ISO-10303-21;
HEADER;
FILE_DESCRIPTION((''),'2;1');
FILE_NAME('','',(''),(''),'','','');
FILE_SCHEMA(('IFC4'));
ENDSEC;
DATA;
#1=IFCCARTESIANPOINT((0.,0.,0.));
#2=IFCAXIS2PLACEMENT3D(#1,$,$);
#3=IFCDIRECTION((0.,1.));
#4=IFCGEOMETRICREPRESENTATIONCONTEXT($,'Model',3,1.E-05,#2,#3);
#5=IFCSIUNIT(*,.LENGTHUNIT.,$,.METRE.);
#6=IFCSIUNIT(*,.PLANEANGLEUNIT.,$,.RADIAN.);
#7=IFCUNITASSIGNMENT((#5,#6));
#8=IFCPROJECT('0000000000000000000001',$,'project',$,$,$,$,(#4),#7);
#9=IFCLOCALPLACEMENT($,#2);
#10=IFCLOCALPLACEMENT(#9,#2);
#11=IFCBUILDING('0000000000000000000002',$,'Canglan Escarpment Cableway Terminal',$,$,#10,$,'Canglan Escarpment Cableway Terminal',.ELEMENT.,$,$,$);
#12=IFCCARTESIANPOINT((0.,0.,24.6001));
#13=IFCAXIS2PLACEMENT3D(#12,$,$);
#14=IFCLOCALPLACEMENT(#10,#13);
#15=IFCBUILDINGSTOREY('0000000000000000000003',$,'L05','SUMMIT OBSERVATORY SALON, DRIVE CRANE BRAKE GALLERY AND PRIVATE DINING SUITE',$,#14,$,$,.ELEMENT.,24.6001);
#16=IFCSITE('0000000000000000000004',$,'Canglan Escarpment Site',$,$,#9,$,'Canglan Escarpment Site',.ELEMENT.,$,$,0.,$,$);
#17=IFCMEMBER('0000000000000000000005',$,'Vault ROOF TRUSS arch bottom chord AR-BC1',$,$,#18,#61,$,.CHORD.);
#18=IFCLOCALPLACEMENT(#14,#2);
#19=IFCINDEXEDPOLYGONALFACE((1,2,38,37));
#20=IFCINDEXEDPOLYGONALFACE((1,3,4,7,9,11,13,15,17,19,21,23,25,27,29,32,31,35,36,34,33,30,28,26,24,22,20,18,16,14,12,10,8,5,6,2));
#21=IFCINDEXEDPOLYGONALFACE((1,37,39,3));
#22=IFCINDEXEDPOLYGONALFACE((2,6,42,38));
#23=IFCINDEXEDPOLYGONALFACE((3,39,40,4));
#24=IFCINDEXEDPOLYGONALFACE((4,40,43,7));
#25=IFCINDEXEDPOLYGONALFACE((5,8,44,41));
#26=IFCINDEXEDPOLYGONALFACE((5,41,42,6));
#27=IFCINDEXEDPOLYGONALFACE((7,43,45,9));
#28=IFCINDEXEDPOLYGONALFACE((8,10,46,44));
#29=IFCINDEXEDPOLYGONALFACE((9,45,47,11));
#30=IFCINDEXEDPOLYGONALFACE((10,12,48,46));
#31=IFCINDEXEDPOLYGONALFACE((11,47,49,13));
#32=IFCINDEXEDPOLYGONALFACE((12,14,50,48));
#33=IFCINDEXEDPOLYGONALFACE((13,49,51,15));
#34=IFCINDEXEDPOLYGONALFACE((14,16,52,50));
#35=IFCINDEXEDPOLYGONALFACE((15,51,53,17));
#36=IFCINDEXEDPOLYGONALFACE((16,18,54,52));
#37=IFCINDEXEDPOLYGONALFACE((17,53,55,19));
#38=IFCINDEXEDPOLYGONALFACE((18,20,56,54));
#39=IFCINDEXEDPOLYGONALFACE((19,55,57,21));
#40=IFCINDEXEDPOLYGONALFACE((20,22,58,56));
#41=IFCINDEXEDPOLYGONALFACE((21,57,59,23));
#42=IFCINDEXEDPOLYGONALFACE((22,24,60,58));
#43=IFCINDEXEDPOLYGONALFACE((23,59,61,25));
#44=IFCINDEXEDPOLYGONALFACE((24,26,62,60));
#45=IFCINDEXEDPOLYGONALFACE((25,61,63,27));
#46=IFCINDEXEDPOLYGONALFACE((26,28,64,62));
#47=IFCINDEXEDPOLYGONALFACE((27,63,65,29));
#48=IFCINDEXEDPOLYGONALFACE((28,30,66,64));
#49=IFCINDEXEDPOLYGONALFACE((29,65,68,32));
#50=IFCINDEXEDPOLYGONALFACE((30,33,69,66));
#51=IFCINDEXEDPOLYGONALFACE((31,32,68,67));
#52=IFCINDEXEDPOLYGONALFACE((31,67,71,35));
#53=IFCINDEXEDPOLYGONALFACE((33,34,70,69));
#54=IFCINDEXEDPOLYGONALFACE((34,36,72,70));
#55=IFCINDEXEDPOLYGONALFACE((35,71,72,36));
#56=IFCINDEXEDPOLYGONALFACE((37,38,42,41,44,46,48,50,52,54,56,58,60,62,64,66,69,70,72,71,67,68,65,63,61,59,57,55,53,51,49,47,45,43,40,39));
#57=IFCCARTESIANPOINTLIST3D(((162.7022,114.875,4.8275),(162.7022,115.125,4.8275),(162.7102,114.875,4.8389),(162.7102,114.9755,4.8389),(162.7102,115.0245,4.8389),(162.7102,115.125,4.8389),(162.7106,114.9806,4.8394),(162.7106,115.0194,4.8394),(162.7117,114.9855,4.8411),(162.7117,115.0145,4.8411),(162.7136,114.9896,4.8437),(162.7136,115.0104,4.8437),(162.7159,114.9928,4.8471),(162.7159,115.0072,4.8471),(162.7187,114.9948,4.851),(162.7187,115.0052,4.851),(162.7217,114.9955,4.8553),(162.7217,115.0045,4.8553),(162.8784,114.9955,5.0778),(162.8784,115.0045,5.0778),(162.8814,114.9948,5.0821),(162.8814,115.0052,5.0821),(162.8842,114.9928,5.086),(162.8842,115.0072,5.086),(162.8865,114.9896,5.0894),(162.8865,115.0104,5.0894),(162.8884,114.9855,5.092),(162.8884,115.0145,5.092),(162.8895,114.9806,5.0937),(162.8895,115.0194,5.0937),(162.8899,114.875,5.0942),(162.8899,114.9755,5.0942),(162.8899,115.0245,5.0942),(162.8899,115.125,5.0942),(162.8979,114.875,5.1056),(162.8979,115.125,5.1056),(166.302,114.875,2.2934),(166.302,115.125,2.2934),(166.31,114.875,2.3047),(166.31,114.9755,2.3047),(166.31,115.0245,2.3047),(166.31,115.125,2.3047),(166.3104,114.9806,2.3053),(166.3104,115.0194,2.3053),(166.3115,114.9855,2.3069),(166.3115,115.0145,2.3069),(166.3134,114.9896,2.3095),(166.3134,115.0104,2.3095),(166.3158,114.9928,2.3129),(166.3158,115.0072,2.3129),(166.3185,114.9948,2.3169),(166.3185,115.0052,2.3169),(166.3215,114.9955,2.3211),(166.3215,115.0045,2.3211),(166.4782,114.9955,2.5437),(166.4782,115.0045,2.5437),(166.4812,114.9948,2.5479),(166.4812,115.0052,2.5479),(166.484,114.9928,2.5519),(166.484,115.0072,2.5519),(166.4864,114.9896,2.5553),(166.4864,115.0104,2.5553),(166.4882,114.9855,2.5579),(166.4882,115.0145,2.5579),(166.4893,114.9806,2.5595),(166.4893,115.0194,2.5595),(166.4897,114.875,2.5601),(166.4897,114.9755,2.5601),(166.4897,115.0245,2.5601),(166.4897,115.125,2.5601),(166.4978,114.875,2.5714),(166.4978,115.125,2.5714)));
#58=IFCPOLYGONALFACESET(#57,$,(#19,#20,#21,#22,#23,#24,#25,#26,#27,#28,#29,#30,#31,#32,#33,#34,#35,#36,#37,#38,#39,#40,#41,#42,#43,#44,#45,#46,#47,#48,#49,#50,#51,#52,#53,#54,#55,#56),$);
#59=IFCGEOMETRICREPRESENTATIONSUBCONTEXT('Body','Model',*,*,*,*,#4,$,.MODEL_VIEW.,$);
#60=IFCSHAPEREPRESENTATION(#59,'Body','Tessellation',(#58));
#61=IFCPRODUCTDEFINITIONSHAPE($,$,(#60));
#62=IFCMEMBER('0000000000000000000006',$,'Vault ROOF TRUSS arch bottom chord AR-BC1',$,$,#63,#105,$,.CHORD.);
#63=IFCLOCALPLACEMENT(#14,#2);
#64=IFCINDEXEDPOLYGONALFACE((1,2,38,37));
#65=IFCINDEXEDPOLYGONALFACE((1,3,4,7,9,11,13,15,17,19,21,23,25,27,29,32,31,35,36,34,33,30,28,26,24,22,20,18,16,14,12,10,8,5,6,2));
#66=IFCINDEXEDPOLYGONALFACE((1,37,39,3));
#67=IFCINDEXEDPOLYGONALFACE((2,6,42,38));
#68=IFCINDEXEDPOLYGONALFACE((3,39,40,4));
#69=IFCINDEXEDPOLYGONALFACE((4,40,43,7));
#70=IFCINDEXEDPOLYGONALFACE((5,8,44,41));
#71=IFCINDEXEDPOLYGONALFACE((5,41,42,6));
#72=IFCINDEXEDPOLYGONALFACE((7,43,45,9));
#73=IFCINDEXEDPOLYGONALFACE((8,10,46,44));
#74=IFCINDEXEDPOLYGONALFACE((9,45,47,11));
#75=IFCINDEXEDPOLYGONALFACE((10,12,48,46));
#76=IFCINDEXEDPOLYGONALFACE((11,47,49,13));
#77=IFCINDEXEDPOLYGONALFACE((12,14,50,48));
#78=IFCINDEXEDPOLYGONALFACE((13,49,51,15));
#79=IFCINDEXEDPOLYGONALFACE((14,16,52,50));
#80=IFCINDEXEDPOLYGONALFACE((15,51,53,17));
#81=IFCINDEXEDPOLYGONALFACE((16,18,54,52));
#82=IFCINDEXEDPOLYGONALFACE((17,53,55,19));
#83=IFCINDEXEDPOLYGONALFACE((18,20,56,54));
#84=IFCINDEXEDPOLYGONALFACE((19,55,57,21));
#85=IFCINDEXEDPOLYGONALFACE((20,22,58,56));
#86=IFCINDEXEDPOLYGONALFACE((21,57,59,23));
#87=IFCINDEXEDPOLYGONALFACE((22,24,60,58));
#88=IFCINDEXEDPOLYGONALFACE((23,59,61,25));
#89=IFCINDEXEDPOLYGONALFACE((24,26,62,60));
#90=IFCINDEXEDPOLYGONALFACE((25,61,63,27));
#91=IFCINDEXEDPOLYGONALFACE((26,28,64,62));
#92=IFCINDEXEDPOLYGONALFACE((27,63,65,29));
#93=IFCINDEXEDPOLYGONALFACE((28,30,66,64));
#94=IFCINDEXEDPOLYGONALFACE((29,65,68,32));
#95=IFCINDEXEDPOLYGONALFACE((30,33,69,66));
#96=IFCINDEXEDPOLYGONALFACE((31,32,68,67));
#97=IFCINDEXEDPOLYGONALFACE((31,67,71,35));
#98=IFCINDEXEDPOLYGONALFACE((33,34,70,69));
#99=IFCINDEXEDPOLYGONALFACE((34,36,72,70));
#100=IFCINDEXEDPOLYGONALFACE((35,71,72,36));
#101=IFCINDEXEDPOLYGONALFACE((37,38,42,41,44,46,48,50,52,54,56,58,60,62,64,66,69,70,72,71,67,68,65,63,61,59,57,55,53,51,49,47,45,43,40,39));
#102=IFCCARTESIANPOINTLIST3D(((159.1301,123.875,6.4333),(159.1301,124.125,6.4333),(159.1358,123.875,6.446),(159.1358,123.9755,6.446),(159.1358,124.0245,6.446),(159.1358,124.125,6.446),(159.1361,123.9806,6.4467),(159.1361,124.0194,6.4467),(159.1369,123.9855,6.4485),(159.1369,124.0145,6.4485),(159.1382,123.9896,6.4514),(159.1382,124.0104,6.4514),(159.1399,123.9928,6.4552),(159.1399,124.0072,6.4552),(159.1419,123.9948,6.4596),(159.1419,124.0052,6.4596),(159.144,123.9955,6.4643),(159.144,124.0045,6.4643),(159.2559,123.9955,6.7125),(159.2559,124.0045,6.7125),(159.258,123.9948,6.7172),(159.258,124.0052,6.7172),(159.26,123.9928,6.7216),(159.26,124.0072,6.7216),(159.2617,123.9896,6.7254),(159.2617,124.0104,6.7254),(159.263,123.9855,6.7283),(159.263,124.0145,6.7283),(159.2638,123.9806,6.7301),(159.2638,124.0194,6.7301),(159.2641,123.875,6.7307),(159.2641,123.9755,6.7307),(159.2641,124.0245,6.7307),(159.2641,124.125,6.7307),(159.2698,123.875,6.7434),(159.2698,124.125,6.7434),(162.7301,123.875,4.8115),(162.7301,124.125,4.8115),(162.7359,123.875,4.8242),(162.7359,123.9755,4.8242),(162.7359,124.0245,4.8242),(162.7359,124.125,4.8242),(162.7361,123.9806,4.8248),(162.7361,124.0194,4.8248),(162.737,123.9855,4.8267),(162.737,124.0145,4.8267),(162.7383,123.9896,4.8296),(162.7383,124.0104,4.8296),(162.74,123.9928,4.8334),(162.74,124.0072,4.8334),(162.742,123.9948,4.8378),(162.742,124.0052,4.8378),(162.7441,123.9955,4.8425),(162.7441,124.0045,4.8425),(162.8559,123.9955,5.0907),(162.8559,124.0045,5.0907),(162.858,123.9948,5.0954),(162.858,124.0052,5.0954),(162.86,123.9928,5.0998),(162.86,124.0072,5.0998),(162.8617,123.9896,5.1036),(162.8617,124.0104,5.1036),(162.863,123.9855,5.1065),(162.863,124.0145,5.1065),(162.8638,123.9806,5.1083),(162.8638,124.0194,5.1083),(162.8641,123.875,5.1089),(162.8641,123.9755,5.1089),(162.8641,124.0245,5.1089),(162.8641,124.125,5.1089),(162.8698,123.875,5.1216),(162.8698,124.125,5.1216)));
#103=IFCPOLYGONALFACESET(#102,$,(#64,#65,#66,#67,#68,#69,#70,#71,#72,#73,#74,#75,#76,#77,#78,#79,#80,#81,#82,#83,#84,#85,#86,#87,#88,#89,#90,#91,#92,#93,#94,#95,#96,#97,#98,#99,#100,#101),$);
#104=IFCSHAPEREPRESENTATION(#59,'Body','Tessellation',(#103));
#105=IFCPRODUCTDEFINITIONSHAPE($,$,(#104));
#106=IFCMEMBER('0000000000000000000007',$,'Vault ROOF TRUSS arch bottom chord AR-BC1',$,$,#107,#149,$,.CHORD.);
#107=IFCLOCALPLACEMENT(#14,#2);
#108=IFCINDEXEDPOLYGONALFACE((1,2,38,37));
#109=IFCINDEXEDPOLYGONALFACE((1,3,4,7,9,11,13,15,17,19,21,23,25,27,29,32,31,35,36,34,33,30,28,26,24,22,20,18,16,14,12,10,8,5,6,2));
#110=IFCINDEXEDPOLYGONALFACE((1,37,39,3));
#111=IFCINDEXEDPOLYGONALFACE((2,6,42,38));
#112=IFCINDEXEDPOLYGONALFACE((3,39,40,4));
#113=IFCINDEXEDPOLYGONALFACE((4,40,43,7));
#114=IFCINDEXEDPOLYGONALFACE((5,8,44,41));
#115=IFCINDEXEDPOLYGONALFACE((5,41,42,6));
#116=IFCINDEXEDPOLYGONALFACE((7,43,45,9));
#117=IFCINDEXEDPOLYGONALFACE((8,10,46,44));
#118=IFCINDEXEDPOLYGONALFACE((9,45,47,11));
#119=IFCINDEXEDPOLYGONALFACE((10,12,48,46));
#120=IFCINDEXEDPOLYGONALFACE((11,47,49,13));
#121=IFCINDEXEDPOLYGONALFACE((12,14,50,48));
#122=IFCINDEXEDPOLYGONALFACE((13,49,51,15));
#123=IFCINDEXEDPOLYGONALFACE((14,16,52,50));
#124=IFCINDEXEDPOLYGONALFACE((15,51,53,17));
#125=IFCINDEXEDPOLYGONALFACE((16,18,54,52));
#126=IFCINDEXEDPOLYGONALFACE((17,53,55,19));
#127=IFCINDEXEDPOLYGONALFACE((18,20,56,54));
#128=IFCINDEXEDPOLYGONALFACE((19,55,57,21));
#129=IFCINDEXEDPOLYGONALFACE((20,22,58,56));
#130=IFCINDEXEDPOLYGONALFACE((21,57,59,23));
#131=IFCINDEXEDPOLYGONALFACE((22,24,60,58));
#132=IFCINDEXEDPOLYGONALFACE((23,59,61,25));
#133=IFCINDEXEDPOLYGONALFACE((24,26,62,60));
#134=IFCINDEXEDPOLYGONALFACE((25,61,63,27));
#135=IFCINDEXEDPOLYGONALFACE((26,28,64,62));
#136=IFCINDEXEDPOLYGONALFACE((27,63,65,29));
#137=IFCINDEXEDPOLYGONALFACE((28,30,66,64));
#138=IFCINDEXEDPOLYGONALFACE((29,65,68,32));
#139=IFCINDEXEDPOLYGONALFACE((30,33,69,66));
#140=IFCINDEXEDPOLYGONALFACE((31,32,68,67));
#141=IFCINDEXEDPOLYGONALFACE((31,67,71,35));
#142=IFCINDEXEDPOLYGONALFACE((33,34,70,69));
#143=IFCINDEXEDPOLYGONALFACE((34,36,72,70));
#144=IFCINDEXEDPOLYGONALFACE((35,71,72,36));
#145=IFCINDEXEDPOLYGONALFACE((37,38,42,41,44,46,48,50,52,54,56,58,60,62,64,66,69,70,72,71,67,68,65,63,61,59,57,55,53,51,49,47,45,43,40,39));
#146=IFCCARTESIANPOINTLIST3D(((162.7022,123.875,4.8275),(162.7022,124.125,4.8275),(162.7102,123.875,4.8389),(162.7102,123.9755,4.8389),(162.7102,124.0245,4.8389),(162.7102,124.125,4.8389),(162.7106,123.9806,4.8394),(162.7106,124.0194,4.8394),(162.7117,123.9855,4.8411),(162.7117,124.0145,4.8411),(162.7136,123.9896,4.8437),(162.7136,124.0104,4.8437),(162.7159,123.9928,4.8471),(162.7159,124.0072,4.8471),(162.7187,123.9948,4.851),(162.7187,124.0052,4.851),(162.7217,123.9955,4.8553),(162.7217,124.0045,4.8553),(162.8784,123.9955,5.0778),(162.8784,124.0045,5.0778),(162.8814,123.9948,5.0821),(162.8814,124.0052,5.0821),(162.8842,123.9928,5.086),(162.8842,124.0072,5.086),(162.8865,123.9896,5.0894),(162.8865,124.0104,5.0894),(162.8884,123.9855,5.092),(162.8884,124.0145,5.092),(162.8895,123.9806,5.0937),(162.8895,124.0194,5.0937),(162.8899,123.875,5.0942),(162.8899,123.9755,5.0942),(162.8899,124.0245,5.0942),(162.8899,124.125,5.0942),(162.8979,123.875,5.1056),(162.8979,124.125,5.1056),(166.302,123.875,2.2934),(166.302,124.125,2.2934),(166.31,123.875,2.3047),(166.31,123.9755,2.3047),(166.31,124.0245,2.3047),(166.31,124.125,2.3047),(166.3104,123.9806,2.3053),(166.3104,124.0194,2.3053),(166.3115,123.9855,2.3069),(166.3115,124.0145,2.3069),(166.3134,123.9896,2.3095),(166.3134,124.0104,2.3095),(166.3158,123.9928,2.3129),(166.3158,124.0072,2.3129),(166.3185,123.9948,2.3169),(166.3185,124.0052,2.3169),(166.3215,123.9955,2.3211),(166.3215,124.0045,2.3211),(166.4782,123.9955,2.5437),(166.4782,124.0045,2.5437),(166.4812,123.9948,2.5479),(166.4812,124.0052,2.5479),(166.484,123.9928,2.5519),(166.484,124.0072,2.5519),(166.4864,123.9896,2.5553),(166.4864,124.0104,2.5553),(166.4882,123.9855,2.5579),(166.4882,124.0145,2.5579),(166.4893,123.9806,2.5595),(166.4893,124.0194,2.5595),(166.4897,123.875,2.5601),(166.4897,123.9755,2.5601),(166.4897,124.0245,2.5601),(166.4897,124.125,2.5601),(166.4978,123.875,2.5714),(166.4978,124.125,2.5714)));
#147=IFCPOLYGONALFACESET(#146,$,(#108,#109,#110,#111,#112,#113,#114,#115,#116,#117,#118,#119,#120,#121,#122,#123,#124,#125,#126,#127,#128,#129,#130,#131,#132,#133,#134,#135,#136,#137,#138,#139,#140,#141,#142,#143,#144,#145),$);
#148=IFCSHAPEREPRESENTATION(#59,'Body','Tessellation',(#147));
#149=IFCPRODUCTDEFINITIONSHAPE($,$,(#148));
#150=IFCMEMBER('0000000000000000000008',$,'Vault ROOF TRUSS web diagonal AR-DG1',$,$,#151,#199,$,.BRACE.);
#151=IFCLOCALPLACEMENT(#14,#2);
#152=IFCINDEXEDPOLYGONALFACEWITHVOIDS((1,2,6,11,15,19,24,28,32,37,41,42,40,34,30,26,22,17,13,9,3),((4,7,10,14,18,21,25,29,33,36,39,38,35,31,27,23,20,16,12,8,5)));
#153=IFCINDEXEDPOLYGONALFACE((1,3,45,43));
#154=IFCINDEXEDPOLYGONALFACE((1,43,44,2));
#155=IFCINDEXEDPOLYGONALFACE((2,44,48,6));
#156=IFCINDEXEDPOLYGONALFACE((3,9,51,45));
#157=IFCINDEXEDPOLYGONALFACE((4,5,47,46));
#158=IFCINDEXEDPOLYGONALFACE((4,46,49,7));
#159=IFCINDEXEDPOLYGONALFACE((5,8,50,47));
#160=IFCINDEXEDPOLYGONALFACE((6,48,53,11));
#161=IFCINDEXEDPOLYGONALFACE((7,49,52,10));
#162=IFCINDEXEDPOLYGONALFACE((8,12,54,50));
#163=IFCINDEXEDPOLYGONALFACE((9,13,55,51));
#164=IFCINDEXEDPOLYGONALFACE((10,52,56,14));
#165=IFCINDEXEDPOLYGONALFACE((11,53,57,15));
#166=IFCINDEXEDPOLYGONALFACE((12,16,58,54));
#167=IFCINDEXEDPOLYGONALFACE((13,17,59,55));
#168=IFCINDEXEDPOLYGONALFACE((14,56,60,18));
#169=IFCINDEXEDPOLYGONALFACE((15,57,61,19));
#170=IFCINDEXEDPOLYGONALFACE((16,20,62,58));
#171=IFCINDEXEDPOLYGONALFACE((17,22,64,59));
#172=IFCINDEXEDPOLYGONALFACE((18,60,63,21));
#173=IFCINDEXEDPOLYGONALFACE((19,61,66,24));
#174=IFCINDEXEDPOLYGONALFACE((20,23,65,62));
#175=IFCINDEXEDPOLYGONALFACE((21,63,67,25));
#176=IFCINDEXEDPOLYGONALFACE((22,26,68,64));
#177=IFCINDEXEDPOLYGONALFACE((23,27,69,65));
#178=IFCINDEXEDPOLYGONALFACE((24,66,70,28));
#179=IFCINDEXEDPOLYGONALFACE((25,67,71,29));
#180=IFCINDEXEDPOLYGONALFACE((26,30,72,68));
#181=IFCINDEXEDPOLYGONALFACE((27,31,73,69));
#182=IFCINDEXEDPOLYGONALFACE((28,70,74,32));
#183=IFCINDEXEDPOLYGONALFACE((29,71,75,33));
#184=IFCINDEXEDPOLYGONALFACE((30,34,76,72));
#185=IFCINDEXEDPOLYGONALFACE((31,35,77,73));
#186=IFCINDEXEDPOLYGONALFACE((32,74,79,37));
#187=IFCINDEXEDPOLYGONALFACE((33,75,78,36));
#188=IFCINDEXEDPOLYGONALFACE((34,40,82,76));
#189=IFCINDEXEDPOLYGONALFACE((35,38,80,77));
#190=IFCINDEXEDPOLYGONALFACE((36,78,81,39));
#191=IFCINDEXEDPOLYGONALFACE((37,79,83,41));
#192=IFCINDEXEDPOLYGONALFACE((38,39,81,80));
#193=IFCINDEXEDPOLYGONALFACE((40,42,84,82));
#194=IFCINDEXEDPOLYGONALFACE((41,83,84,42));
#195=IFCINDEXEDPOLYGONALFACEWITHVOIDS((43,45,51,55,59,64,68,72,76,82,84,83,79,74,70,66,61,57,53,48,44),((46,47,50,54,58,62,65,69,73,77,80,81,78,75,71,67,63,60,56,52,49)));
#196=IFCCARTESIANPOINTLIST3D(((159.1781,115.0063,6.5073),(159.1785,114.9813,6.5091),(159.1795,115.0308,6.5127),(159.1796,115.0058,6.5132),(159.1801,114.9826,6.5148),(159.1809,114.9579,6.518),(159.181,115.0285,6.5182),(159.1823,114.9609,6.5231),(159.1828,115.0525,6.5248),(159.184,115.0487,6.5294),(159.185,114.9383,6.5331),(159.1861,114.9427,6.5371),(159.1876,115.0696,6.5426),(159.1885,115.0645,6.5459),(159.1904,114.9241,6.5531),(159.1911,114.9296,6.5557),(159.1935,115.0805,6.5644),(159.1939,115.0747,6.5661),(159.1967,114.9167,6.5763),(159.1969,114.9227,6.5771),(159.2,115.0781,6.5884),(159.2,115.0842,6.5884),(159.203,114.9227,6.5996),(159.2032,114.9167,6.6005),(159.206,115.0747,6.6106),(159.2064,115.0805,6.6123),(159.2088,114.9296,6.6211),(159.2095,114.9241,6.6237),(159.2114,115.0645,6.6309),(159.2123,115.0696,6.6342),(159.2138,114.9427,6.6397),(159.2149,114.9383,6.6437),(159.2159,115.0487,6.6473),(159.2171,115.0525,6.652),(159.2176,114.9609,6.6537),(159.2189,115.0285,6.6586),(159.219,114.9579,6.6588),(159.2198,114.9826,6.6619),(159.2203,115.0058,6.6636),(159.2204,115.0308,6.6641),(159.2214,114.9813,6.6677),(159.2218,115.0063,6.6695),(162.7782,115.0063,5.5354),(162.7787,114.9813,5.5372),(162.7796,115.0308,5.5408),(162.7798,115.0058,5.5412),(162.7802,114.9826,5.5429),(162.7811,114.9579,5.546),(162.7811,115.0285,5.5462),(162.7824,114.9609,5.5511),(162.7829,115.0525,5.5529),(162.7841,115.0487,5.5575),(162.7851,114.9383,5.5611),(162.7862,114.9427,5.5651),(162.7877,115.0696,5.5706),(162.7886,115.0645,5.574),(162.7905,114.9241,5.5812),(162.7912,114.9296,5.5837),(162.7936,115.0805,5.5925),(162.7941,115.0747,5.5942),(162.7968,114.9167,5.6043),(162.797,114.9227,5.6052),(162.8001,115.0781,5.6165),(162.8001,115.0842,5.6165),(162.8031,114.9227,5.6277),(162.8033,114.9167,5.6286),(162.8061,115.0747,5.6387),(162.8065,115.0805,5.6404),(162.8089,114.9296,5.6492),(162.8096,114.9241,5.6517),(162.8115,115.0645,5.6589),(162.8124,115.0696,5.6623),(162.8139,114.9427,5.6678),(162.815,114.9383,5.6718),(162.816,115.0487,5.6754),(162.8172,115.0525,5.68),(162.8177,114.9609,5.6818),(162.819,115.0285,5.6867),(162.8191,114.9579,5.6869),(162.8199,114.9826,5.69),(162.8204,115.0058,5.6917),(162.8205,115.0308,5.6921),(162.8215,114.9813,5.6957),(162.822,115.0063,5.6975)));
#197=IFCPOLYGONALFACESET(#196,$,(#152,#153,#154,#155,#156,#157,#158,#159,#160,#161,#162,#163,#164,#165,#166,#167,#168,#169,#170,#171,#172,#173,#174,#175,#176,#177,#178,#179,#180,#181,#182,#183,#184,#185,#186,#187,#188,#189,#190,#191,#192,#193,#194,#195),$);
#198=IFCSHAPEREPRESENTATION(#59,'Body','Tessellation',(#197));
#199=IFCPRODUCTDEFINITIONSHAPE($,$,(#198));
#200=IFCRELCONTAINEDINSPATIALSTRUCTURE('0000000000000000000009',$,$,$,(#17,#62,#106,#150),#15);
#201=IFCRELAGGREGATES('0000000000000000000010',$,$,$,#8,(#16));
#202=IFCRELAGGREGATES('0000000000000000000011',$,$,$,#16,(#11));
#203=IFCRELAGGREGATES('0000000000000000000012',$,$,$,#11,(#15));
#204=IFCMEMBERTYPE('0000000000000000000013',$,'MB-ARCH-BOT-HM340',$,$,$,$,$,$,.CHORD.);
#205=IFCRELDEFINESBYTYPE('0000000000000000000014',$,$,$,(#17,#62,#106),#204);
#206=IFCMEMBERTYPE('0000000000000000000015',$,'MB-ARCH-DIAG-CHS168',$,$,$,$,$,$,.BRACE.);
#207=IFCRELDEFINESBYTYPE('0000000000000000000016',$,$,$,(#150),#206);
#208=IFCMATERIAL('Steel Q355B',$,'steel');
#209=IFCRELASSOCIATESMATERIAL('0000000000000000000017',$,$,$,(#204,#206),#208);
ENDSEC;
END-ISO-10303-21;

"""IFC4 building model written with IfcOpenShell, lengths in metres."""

from ifc_helpers import new_model, si_unit, direction, frame, origin, origin_2d, place, context, subcontext, project, spatial, hollow_circle, i_section, extrude, material, material_profile, profile_set, type_object, element, save


model = new_model("IFC4")

# Units and contexts
model_context = context("Model", 3, precision=1e-05, world=origin(), true_north=direction((0.0, 1.0)))
body_context = subcontext(model_context, "Body", "Model", "MODEL_VIEW")
ifc_project = project(units=[si_unit("LENGTHUNIT", "METRE"), si_unit("PLANEANGLEUNIT", "RADIAN")], contexts=[model_context])

# Site, building, storey
site_placement = place(None, origin())
site = spatial("IfcSite", under=ifc_project, at=site_placement, Name="Canglan Escarpment Site", LongName="Canglan Escarpment Site", CompositionType="ELEMENT", RefElevation=0.0)
building_placement = place(site_placement, origin())
building = spatial("IfcBuilding", under=site, at=building_placement, Name="Canglan Escarpment Cableway Terminal", LongName="Canglan Escarpment Cableway Terminal", CompositionType="ELEMENT")
storey_placement = place(building_placement, frame((0.0, 0.0, 24.6001)))
storey = spatial("IfcBuildingStorey", under=building, at=storey_placement, Name="L05", Description="SUMMIT OBSERVATORY SALON, DRIVE CRANE BRAKE GALLERY AND PRIVATE DINING SUITE", CompositionType="ELEMENT", Elevation=24.6001)

# Shared definitions
ifc_material_1 = material(Name="Steel Q355B", Category="steel")

# Members
ifc_material_profile_1 = material_profile(ifc_material_1, i_section(OverallWidth=0.25, OverallDepth=0.3401, WebThickness=0.009, FlangeThickness=0.0139, FilletRadius=0.02, at=origin_2d()), Name="HM 340x250x9x14")
ifc_profile_set_1 = profile_set([ifc_material_profile_1], Name="Steel Q355B")
member_type_1 = type_object("IfcMemberType", Name="MB-ARCH-BOT-HM340", PredefinedType="CHORD", material=ifc_profile_set_1)
member_1_placement = place(storey_placement, frame((162.8, 115.0, 4.9666), z_axis=(0.817705, 0.0, -0.575638), x_axis=(0.0, 1.0, 0.0)))
element("IfcMember", 1, at=member_1_placement, inside=storey, type_object=member_type_1, Name="Vault ROOF TRUSS arch bottom chord AR-BC1", PredefinedType="CHORD", context=body_context, shape_type="SweptSolid", body=[
    extrude(i_section(OverallWidth=0.25, OverallDepth=0.3401, WebThickness=0.009, FlangeThickness=0.0139, FilletRadius=0.02, at=origin_2d()), origin(), (0.0, 0.0, 1.0), 4.4023),
])
member_2_placement = place(storey_placement, frame((159.2, 124.0, 6.5884), z_axis=(0.911753, 0.0, -0.41074), x_axis=(0.0, 1.0, 0.0)))
element("IfcMember", 2, at=member_2_placement, inside=storey, type_object=member_type_1, Name="Vault ROOF TRUSS arch bottom chord AR-BC1", PredefinedType="CHORD", context=body_context, shape_type="SweptSolid", body=[
    extrude(i_section(OverallWidth=0.25, OverallDepth=0.3401, WebThickness=0.009, FlangeThickness=0.0139, FilletRadius=0.02, at=origin_2d()), origin(), (0.0, 0.0, 1.0), 3.9485),
])
member_3_placement = place(storey_placement, frame((162.8, 124.0, 4.9666), z_axis=(0.817705, 0.0, -0.575638), x_axis=(0.0, 1.0, 0.0)))
element("IfcMember", 3, at=member_3_placement, inside=storey, type_object=member_type_1, Name="Vault ROOF TRUSS arch bottom chord AR-BC1", PredefinedType="CHORD", context=body_context, shape_type="SweptSolid", body=[
    extrude(i_section(OverallWidth=0.25, OverallDepth=0.3401, WebThickness=0.009, FlangeThickness=0.0139, FilletRadius=0.02, at=origin_2d()), origin(), (0.0, 0.0, 1.0), 4.4023),
])
ifc_material_profile_2 = material_profile(ifc_material_1, hollow_circle(Radius=0.0842, WallThickness=0.0061, at=origin_2d()), Name="CHS 168.3x6")
ifc_profile_set_2 = profile_set([ifc_material_profile_2], Name="Steel Q355B")
member_type_2 = type_object("IfcMemberType", Name="MB-ARCH-DIAG-CHS168", PredefinedType="BRACE", material=ifc_profile_set_2)
member_4_placement = place(storey_placement, frame((159.2, 115.0, 6.5884), z_axis=(0.965436, 0.0, -0.26064), x_axis=(0.0, 1.0, 0.0)))
element("IfcMember", 4, at=member_4_placement, inside=storey, type_object=member_type_2, Name="Vault ROOF TRUSS web diagonal AR-DG1", PredefinedType="BRACE", context=body_context, shape_type="SweptSolid", body=[
    extrude(hollow_circle(Radius=0.0842, WallThickness=0.0061, at=origin_2d()), origin(), (0.0, 0.0, 1.0), 3.729),
])

save(model, "model.ifc")
